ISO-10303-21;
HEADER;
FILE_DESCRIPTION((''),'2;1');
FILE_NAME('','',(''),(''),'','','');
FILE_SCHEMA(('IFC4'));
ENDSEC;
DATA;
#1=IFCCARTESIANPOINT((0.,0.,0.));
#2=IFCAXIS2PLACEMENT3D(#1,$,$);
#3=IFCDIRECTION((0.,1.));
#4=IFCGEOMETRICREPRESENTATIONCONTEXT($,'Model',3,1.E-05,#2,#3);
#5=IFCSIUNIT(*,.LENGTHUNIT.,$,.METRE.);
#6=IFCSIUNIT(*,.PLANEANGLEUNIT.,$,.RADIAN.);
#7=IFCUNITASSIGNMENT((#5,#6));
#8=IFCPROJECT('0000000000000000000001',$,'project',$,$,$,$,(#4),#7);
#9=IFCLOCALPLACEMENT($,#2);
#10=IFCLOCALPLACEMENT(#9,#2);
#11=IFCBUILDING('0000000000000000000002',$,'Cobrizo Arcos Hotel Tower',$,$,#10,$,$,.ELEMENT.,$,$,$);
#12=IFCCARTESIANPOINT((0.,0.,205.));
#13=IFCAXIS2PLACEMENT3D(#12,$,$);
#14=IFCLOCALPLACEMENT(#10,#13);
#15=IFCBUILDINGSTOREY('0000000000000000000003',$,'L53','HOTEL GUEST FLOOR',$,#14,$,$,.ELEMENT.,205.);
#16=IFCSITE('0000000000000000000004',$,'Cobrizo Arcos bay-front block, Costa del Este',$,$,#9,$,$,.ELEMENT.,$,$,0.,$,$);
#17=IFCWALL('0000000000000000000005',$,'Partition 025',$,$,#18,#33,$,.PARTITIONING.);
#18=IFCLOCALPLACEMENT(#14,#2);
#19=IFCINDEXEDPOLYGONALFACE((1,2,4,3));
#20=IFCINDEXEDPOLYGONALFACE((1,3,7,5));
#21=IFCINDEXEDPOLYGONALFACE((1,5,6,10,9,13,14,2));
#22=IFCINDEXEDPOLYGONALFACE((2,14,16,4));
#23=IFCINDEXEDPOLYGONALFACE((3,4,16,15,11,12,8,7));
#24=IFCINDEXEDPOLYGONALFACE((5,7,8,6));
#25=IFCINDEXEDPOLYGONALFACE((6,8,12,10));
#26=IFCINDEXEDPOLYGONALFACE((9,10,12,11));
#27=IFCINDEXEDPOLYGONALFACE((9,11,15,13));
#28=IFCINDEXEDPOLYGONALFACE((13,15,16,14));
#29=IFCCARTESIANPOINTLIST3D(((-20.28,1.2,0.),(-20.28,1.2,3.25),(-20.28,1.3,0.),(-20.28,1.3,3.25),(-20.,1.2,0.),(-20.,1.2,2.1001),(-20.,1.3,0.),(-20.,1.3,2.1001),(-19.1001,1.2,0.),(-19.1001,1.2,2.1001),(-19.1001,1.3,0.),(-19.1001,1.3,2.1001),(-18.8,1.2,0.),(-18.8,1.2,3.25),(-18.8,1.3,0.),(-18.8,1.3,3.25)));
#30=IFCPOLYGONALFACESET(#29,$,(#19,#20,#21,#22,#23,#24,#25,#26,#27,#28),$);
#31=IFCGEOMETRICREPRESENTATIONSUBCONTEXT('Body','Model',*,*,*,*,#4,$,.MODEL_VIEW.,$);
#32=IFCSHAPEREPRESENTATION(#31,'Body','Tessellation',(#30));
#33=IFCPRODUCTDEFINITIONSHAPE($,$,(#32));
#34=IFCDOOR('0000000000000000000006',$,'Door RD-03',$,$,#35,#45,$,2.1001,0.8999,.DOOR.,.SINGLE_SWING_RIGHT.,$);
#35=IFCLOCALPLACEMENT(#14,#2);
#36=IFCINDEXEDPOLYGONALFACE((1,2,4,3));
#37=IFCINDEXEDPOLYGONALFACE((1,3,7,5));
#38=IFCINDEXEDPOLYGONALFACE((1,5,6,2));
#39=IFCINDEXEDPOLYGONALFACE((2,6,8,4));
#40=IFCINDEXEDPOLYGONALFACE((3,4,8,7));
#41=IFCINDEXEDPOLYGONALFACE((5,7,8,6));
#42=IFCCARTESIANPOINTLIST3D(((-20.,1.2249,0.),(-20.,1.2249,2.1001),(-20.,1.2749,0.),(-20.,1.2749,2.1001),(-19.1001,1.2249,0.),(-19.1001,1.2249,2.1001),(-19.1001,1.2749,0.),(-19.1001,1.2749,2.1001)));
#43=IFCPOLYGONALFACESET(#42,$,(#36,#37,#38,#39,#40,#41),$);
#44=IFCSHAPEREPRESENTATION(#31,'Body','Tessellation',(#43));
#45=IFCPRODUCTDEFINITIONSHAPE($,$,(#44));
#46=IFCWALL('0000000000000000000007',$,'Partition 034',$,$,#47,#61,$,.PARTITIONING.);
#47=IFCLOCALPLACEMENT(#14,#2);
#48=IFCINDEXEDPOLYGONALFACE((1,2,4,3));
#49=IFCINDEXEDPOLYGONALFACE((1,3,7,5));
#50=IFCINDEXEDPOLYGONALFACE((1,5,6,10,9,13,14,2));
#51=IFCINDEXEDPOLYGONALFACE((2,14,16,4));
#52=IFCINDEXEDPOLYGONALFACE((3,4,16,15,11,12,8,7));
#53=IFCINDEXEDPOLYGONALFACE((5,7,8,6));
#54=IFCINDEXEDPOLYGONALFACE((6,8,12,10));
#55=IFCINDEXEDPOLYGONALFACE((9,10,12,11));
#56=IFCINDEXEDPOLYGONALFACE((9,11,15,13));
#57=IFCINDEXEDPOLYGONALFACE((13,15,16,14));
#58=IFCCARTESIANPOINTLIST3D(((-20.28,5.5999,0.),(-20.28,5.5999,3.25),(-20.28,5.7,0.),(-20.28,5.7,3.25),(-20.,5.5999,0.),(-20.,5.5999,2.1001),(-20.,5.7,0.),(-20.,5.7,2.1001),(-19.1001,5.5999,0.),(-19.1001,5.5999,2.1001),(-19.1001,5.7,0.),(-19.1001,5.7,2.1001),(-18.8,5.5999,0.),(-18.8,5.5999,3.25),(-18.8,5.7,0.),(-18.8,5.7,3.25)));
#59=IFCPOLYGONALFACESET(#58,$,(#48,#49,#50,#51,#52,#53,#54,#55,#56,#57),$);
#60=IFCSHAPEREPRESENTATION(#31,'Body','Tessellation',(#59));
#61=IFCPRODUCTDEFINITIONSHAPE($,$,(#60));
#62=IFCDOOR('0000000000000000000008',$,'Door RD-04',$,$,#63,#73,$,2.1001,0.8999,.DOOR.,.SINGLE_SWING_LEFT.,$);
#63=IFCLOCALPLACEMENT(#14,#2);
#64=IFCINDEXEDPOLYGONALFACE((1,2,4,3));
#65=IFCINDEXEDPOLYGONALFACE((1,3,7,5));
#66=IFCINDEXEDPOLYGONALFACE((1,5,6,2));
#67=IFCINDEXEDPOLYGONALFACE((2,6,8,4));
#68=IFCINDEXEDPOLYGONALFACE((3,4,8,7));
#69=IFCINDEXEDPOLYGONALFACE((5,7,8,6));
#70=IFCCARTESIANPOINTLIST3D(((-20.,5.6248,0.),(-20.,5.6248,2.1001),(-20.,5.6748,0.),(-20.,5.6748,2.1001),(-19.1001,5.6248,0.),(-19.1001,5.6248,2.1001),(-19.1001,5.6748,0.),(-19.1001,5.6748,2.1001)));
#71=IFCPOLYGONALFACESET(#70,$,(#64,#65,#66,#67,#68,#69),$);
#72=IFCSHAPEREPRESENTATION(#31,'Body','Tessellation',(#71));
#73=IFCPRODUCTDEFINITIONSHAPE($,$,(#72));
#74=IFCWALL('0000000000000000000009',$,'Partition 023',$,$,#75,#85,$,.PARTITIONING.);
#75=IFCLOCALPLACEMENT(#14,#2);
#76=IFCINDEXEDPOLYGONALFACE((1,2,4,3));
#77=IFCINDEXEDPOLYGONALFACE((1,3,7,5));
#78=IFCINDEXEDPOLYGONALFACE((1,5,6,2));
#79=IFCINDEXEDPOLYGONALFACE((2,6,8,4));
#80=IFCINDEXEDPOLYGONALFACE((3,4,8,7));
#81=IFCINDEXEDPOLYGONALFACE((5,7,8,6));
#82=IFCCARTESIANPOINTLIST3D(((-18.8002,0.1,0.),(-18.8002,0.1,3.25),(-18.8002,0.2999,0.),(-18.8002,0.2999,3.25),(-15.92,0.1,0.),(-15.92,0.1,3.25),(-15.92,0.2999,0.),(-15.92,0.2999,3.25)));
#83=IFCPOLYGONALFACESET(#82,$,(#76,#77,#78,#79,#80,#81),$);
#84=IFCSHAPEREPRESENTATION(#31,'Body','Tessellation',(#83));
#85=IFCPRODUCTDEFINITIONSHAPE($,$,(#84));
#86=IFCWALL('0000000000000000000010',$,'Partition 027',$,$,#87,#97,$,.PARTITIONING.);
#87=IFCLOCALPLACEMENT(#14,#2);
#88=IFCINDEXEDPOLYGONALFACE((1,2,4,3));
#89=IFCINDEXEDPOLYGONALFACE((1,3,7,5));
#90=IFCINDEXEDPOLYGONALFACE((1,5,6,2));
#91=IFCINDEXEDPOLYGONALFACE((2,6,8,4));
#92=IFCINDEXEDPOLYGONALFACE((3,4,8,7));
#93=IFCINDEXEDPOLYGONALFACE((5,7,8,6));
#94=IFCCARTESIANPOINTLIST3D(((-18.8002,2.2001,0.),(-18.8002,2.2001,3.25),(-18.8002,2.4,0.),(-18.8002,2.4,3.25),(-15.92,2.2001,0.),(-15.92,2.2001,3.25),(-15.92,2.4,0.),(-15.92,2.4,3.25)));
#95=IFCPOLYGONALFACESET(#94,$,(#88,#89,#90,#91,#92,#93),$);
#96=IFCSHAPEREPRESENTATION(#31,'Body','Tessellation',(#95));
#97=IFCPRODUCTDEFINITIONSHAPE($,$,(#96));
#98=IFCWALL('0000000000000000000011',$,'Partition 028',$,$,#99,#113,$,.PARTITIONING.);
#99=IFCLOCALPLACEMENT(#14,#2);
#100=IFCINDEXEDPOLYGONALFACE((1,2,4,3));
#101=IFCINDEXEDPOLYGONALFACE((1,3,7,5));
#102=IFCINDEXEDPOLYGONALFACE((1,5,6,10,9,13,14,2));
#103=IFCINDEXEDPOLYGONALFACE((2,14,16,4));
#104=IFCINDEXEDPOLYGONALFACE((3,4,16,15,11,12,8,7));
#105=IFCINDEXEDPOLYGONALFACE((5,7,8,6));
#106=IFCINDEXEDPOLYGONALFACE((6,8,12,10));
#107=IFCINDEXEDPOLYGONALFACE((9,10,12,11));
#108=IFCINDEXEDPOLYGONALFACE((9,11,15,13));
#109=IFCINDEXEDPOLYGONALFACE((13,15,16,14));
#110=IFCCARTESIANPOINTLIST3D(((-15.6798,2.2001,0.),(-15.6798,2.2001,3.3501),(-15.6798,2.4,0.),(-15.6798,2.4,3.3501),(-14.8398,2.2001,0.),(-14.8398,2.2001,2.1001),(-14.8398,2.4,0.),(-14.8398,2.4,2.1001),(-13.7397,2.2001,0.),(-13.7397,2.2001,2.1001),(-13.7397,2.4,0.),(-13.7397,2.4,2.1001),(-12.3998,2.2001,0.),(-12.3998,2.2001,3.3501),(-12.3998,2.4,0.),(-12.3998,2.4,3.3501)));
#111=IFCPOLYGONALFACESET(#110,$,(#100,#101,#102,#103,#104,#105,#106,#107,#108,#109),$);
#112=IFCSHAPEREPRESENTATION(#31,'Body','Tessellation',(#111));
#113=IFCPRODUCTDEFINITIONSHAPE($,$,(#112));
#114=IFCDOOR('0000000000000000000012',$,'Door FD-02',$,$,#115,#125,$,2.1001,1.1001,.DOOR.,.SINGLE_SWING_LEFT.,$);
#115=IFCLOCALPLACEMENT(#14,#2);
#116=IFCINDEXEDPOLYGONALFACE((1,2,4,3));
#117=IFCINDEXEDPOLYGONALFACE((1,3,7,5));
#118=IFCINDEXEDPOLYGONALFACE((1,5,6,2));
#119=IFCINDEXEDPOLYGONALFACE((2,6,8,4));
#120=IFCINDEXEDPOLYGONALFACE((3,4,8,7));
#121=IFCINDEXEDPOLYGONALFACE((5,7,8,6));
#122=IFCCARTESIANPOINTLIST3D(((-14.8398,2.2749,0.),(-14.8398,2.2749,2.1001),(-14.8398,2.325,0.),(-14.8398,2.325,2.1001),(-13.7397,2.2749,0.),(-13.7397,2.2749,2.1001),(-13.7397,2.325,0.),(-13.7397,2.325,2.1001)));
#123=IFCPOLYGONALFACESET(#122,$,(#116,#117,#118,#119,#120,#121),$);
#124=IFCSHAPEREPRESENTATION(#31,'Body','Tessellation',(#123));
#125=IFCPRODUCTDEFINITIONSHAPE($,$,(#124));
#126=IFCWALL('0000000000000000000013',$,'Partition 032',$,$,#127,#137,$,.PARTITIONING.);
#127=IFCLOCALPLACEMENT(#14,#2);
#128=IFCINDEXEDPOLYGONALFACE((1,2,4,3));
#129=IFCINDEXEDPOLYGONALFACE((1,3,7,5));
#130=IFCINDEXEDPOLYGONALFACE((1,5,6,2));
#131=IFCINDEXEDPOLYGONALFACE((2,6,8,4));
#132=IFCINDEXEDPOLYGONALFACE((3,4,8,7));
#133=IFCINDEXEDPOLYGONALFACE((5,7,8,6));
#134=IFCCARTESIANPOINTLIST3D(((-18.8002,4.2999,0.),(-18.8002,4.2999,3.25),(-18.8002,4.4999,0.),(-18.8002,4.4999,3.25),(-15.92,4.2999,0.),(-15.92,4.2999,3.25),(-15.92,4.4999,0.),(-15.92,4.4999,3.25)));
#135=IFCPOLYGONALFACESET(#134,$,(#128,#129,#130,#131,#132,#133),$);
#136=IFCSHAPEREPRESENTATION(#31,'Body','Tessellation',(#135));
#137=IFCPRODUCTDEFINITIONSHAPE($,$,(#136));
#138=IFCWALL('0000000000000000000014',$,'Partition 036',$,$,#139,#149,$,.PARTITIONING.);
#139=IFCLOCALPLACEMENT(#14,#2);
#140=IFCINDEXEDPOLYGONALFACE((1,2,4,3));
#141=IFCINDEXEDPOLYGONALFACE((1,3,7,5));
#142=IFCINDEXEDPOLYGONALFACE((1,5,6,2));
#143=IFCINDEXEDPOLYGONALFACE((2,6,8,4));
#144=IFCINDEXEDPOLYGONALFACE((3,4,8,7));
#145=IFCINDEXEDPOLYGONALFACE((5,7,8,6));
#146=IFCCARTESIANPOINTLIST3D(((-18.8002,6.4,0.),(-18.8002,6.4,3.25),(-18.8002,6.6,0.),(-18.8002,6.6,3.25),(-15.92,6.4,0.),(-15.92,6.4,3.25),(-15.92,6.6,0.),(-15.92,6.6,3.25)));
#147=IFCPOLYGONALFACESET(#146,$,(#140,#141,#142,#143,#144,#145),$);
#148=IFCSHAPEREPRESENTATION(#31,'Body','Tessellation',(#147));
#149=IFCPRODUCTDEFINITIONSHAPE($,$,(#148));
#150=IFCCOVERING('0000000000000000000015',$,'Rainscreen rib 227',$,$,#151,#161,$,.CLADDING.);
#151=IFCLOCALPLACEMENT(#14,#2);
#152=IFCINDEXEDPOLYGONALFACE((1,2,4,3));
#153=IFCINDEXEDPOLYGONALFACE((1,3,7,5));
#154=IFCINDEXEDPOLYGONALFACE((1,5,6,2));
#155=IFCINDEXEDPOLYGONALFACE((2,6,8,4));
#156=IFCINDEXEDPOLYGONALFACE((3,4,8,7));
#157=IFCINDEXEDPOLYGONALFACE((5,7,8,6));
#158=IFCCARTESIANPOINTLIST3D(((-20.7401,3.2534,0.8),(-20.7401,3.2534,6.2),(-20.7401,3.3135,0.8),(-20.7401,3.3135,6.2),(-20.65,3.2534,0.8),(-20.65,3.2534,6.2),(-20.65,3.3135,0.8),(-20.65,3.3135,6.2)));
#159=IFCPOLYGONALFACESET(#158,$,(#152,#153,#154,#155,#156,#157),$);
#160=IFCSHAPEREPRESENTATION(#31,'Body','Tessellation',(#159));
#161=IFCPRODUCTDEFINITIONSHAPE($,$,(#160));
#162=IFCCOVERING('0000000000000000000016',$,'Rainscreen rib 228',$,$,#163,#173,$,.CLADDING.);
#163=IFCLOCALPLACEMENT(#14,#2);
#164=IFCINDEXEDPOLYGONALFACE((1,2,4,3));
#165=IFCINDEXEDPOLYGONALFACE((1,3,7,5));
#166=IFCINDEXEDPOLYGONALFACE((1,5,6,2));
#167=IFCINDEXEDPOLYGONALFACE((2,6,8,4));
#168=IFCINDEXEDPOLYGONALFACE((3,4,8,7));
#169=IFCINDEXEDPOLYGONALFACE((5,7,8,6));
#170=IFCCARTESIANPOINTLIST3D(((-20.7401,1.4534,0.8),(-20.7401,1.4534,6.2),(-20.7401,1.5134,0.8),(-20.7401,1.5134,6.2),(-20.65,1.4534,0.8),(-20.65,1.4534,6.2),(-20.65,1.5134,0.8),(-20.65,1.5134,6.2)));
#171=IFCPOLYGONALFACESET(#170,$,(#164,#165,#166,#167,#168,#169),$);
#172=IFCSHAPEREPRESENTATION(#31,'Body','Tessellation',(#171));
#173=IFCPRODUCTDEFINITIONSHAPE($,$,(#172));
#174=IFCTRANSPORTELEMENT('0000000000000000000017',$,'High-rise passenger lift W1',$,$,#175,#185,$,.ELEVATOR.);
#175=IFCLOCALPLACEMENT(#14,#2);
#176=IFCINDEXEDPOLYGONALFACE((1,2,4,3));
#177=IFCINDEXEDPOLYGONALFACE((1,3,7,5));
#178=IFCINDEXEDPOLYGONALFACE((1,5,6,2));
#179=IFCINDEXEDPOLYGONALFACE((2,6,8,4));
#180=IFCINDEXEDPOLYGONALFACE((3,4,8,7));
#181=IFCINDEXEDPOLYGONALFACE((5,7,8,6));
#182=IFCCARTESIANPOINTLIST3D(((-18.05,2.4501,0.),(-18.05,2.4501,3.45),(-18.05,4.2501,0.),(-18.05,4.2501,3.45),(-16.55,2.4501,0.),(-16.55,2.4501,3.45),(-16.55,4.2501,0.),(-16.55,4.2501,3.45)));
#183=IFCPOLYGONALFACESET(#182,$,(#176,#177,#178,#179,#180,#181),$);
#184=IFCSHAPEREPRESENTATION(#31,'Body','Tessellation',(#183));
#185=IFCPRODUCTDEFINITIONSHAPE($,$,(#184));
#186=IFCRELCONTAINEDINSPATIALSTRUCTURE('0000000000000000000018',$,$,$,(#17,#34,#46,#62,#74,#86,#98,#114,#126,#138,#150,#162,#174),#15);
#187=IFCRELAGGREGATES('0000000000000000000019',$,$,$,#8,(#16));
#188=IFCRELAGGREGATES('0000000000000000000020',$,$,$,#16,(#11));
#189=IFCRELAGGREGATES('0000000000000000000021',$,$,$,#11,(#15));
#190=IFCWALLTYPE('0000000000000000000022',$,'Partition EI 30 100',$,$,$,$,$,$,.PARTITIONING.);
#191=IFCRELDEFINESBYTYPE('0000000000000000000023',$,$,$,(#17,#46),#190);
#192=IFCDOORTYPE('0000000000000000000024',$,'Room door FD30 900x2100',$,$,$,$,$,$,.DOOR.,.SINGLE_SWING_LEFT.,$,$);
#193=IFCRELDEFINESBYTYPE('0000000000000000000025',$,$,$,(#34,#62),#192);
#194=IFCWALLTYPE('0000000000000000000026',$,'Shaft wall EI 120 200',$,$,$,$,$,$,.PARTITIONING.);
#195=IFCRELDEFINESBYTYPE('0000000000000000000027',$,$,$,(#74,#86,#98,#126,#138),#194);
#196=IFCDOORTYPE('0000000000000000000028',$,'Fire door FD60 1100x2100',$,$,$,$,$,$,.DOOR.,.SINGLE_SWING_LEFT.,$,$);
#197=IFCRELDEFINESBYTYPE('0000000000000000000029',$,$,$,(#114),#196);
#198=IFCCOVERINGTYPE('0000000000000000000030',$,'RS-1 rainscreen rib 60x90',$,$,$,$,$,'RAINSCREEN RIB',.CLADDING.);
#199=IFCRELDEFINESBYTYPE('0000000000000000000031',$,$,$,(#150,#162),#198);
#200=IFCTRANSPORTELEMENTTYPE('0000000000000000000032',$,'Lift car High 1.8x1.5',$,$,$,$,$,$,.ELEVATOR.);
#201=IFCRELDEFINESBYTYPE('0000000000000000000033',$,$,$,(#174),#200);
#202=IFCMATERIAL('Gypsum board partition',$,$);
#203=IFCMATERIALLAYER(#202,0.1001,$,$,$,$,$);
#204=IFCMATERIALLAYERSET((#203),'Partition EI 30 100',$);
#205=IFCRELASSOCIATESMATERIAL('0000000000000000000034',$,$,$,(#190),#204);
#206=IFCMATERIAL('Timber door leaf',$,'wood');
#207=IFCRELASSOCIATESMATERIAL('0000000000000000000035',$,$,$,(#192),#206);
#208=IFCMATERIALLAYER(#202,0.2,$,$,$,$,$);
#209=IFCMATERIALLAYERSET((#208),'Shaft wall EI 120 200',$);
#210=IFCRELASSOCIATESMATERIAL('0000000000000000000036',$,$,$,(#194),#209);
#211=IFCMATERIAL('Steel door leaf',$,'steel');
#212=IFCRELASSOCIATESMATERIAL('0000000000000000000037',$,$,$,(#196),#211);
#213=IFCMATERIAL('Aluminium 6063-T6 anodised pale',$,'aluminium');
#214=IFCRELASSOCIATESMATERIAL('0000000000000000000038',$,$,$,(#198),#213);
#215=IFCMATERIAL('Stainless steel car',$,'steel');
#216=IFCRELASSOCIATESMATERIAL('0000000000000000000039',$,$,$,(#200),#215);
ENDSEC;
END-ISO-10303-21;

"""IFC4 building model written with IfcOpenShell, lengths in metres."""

from ifc_helpers import new_model, si_unit, direction, frame, frame_2d, origin, origin_2d, place, context, subcontext, project, spatial, rectangle, extrude, material, layer, layer_set, type_object, element, fill, save


model = new_model("IFC4")

# Units and contexts
model_context = context("Model", 3, precision=1e-05, world=origin(), true_north=direction((0.0, 1.0)))
body_context = subcontext(model_context, "Body", "Model", "MODEL_VIEW")
ifc_project = project(units=[si_unit("LENGTHUNIT", "METRE"), si_unit("PLANEANGLEUNIT", "RADIAN")], contexts=[model_context])

# Site, building, storey
site_placement = place(None, origin())
site = spatial("IfcSite", under=ifc_project, at=site_placement, Name="Cobrizo Arcos bay-front block, Costa del Este", CompositionType="ELEMENT", RefElevation=0.0)
building_placement = place(site_placement, origin())
building = spatial("IfcBuilding", under=site, at=building_placement, Name="Cobrizo Arcos Hotel Tower", CompositionType="ELEMENT")
storey_placement = place(building_placement, frame((0.0, 0.0, 205.0)))
storey = spatial("IfcBuildingStorey", under=building, at=storey_placement, Name="L53", Description="HOTEL GUEST FLOOR", CompositionType="ELEMENT", Elevation=205.0)

# Walls, openings, doors
ifc_material_1 = material(Name="Gypsum board partition")
ifc_layer_1 = layer(ifc_material_1, 0.1001)
ifc_layer_set_1 = layer_set([ifc_layer_1], Name="Partition EI 30 100")
wall_type_1 = type_object("IfcWallType", Name="Partition EI 30 100", PredefinedType="PARTITIONING", material=ifc_layer_set_1)
wall_1_placement = place(storey_placement, frame((-20.28, 1.25, 0.0), z_axis=(0.0, 0.0, 1.0), x_axis=(1.0, 0.0, 0.0)))
wall_1 = element("IfcWall", 1, at=wall_1_placement, inside=storey, type_object=wall_type_1, Name="Partition 025", PredefinedType="PARTITIONING", context=body_context, shape_type="SweptSolid", body=[
    extrude(rectangle(XDim=1.48, YDim=0.1001, at=frame_2d((0.74, 0.0))), origin(), (0.0, 0.0, 1.0), 3.25),
])
opening_1_placement = place(wall_1_placement, frame((0.28, 0.0, 0.0)))
opening_1 = element("IfcOpeningElement", 2, at=opening_1_placement, cuts=wall_1, PredefinedType="OPENING", context=body_context, shape_type="SweptSolid", body=[
    extrude(rectangle(XDim=0.8999, YDim=2.1001, at=frame_2d((0.45, 1.05))), frame((0.0, 0.062, 0.0), z_axis=(0.0, -1.0, 0.0), x_axis=(1.0, 0.0, 0.0)), (0.0, 0.0, 1.0), 0.124),
])
ifc_material_2 = material(Name="Timber door leaf", Category="wood")
door_type_1 = type_object("IfcDoorType", Name="Room door FD30 900x2100", OperationType="SINGLE_SWING_LEFT", PredefinedType="DOOR", material=ifc_material_2)
door_1_placement = place(opening_1_placement, origin())
door_1 = element("IfcDoor", 3, at=door_1_placement, inside=storey, type_object=door_type_1, Name="Door RD-03", OperationType="SINGLE_SWING_RIGHT", OverallHeight=2.1001, OverallWidth=0.8999, PredefinedType="DOOR", context=body_context, shape_type="SweptSolid", body=[
    extrude(rectangle(XDim=0.8999, YDim=2.1001, at=frame_2d((0.45, 1.05))), frame((0.0, 0.0249, 0.0), z_axis=(0.0, -1.0, 0.0), x_axis=(1.0, 0.0, 0.0)), (0.0, 0.0, 1.0), 0.05),
])
fill(opening_1, door_1)
wall_2_placement = place(storey_placement, frame((-20.28, 5.6499, 0.0), z_axis=(0.0, 0.0, 1.0), x_axis=(1.0, 0.0, 0.0)))
wall_2 = element("IfcWall", 4, at=wall_2_placement, inside=storey, type_object=wall_type_1, Name="Partition 034", PredefinedType="PARTITIONING", context=body_context, shape_type="SweptSolid", body=[
    extrude(rectangle(XDim=1.48, YDim=0.1001, at=frame_2d((0.74, 0.0))), origin(), (0.0, 0.0, 1.0), 3.25),
])
opening_2_placement = place(wall_2_placement, frame((0.28, 0.0, 0.0)))
opening_2 = element("IfcOpeningElement", 5, at=opening_2_placement, cuts=wall_2, PredefinedType="OPENING", context=body_context, shape_type="SweptSolid", body=[
    extrude(rectangle(XDim=0.8999, YDim=2.1001, at=frame_2d((0.45, 1.05))), frame((0.0, 0.062, 0.0), z_axis=(0.0, -1.0, 0.0), x_axis=(1.0, 0.0, 0.0)), (0.0, 0.0, 1.0), 0.124),
])
door_2_placement = place(opening_2_placement, origin())
door_2 = element("IfcDoor", 6, at=door_2_placement, inside=storey, type_object=door_type_1, Name="Door RD-04", OperationType="SINGLE_SWING_LEFT", OverallHeight=2.1001, OverallWidth=0.8999, PredefinedType="DOOR", context=body_context, shape_type="SweptSolid", body=[
    extrude(rectangle(XDim=0.8999, YDim=2.1001, at=frame_2d((0.45, 1.05))), frame((0.0, 0.0249, 0.0), z_axis=(0.0, -1.0, 0.0), x_axis=(1.0, 0.0, 0.0)), (0.0, 0.0, 1.0), 0.05),
])
fill(opening_2, door_2)

# Walls
ifc_layer_2 = layer(ifc_material_1, 0.2)
ifc_layer_set_2 = layer_set([ifc_layer_2], Name="Shaft wall EI 120 200")
wall_type_2 = type_object("IfcWallType", Name="Shaft wall EI 120 200", PredefinedType="PARTITIONING", material=ifc_layer_set_2)
for number, where, z_axis, x_axis, name in (
    (7, (-18.8, 0.2, 0.0), (0.0, 0.0, 1.0), (1.0, 0.0, 0.0), "Partition 023"),
    (8, (-18.8, 2.3, 0.0), (0.0, 0.0, 1.0), (1.0, 0.0, 0.0), "Partition 027"),
):
    element("IfcWall", number, at=place(storey_placement, frame(where, z_axis=z_axis, x_axis=x_axis)), inside=storey, type_object=wall_type_2, Name=name, PredefinedType="PARTITIONING", context=body_context, shape_type="SweptSolid", body=[
        extrude(rectangle(XDim=2.8801, YDim=0.2, at=frame_2d((1.4399, 0.0))), origin(), (0.0, 0.0, 1.0), 3.25),
    ])

# Wall, opening, door
wall_3_placement = place(storey_placement, frame((-15.6799, 2.3, 0.0), z_axis=(0.0, 0.0, 1.0), x_axis=(1.0, 0.0, 0.0)))
wall_3 = element("IfcWall", 9, at=wall_3_placement, inside=storey, type_object=wall_type_2, Name="Partition 028", PredefinedType="PARTITIONING", context=body_context, shape_type="SweptSolid", body=[
    extrude(rectangle(XDim=3.28, YDim=0.2, at=frame_2d((1.6401, 0.0))), origin(), (0.0, 0.0, 1.0), 3.3501),
])
opening_3_placement = place(wall_3_placement, frame((0.8401, 0.0, 0.0)))
opening_3 = element("IfcOpeningElement", 10, at=opening_3_placement, cuts=wall_3, PredefinedType="OPENING", context=body_context, shape_type="SweptSolid", body=[
    extrude(rectangle(XDim=1.1001, YDim=2.1001, at=frame_2d((0.55, 1.05))), frame((0.0, 0.1121, 0.0), z_axis=(0.0, -1.0, 0.0), x_axis=(1.0, 0.0, 0.0)), (0.0, 0.0, 1.0), 0.2239),
])
ifc_material_3 = material(Name="Steel door leaf", Category="steel")
door_type_2 = type_object("IfcDoorType", Name="Fire door FD60 1100x2100", OperationType="SINGLE_SWING_LEFT", PredefinedType="DOOR", material=ifc_material_3)
door_3_placement = place(opening_3_placement, origin())
door_3 = element("IfcDoor", 11, at=door_3_placement, inside=storey, type_object=door_type_2, Name="Door FD-02", OperationType="SINGLE_SWING_LEFT", OverallHeight=2.1001, OverallWidth=1.1001, PredefinedType="DOOR", context=body_context, shape_type="SweptSolid", body=[
    extrude(rectangle(XDim=1.1001, YDim=2.1001, at=frame_2d((0.55, 1.05))), frame((0.0, 0.0249, 0.0), z_axis=(0.0, -1.0, 0.0), x_axis=(1.0, 0.0, 0.0)), (0.0, 0.0, 1.0), 0.05),
])
fill(opening_3, door_3)

# Walls
for number, where, z_axis, x_axis, name in (
    (12, (-18.8, 4.3999, 0.0), (0.0, 0.0, 1.0), (1.0, 0.0, 0.0), "Partition 032"),
    (13, (-18.8, 6.5, 0.0), (0.0, 0.0, 1.0), (1.0, 0.0, 0.0), "Partition 036"),
):
    element("IfcWall", number, at=place(storey_placement, frame(where, z_axis=z_axis, x_axis=x_axis)), inside=storey, type_object=wall_type_2, Name=name, PredefinedType="PARTITIONING", context=body_context, shape_type="SweptSolid", body=[
        extrude(rectangle(XDim=2.8801, YDim=0.2, at=frame_2d((1.4399, 0.0))), origin(), (0.0, 0.0, 1.0), 3.25),
    ])

# Coverings
ifc_material_4 = material(Name="Aluminium 6063-T6 anodised pale", Category="aluminium")
covering_type = type_object("IfcCoveringType", Name="RS-1 rainscreen rib 60x90", ElementType="RAINSCREEN RIB", PredefinedType="CLADDING", material=ifc_material_4)
for number, where, z_axis, x_axis, name in (
    (14, (-20.6951, 3.2834, 0.8), (0.0, 0.0, 1.0), (0.0, -1.0, 0.0), "Rainscreen rib 227"),
    (15, (-20.6951, 1.4834, 0.8), (0.0, 0.0, 1.0), (0.0, -1.0, 0.0), "Rainscreen rib 228"),
):
    element("IfcCovering", number, at=place(storey_placement, frame(where, z_axis=z_axis, x_axis=x_axis)), inside=storey, type_object=covering_type, Name=name, PredefinedType="CLADDING", context=body_context, shape_type="SweptSolid", body=[
        extrude(rectangle(XDim=0.0601, YDim=0.0901, at=origin_2d()), origin(), (0.0, 0.0, 1.0), 5.3999),
    ])

# Transport element
ifc_material_5 = material(Name="Stainless steel car", Category="steel")
transport_element_type = type_object("IfcTransportElementType", Name="Lift car High 1.8x1.5", PredefinedType="ELEVATOR", material=ifc_material_5)
for number, where, z_axis, x_axis, name in (
    (16, (-17.3, 3.3501, 0.0), (0.0, 0.0, 1.0), (1.0, 0.0, 0.0), "High-rise passenger lift W1"),
):
    element("IfcTransportElement", number, at=place(storey_placement, frame(where, z_axis=z_axis, x_axis=x_axis)), inside=storey, type_object=transport_element_type, Name=name, PredefinedType="ELEVATOR", context=body_context, shape_type="SweptSolid", body=[
        extrude(rectangle(XDim=1.5, YDim=1.8, at=origin_2d()), origin(), (0.0, 0.0, 1.0), 3.45),
    ])

save(model, "model.ifc")
